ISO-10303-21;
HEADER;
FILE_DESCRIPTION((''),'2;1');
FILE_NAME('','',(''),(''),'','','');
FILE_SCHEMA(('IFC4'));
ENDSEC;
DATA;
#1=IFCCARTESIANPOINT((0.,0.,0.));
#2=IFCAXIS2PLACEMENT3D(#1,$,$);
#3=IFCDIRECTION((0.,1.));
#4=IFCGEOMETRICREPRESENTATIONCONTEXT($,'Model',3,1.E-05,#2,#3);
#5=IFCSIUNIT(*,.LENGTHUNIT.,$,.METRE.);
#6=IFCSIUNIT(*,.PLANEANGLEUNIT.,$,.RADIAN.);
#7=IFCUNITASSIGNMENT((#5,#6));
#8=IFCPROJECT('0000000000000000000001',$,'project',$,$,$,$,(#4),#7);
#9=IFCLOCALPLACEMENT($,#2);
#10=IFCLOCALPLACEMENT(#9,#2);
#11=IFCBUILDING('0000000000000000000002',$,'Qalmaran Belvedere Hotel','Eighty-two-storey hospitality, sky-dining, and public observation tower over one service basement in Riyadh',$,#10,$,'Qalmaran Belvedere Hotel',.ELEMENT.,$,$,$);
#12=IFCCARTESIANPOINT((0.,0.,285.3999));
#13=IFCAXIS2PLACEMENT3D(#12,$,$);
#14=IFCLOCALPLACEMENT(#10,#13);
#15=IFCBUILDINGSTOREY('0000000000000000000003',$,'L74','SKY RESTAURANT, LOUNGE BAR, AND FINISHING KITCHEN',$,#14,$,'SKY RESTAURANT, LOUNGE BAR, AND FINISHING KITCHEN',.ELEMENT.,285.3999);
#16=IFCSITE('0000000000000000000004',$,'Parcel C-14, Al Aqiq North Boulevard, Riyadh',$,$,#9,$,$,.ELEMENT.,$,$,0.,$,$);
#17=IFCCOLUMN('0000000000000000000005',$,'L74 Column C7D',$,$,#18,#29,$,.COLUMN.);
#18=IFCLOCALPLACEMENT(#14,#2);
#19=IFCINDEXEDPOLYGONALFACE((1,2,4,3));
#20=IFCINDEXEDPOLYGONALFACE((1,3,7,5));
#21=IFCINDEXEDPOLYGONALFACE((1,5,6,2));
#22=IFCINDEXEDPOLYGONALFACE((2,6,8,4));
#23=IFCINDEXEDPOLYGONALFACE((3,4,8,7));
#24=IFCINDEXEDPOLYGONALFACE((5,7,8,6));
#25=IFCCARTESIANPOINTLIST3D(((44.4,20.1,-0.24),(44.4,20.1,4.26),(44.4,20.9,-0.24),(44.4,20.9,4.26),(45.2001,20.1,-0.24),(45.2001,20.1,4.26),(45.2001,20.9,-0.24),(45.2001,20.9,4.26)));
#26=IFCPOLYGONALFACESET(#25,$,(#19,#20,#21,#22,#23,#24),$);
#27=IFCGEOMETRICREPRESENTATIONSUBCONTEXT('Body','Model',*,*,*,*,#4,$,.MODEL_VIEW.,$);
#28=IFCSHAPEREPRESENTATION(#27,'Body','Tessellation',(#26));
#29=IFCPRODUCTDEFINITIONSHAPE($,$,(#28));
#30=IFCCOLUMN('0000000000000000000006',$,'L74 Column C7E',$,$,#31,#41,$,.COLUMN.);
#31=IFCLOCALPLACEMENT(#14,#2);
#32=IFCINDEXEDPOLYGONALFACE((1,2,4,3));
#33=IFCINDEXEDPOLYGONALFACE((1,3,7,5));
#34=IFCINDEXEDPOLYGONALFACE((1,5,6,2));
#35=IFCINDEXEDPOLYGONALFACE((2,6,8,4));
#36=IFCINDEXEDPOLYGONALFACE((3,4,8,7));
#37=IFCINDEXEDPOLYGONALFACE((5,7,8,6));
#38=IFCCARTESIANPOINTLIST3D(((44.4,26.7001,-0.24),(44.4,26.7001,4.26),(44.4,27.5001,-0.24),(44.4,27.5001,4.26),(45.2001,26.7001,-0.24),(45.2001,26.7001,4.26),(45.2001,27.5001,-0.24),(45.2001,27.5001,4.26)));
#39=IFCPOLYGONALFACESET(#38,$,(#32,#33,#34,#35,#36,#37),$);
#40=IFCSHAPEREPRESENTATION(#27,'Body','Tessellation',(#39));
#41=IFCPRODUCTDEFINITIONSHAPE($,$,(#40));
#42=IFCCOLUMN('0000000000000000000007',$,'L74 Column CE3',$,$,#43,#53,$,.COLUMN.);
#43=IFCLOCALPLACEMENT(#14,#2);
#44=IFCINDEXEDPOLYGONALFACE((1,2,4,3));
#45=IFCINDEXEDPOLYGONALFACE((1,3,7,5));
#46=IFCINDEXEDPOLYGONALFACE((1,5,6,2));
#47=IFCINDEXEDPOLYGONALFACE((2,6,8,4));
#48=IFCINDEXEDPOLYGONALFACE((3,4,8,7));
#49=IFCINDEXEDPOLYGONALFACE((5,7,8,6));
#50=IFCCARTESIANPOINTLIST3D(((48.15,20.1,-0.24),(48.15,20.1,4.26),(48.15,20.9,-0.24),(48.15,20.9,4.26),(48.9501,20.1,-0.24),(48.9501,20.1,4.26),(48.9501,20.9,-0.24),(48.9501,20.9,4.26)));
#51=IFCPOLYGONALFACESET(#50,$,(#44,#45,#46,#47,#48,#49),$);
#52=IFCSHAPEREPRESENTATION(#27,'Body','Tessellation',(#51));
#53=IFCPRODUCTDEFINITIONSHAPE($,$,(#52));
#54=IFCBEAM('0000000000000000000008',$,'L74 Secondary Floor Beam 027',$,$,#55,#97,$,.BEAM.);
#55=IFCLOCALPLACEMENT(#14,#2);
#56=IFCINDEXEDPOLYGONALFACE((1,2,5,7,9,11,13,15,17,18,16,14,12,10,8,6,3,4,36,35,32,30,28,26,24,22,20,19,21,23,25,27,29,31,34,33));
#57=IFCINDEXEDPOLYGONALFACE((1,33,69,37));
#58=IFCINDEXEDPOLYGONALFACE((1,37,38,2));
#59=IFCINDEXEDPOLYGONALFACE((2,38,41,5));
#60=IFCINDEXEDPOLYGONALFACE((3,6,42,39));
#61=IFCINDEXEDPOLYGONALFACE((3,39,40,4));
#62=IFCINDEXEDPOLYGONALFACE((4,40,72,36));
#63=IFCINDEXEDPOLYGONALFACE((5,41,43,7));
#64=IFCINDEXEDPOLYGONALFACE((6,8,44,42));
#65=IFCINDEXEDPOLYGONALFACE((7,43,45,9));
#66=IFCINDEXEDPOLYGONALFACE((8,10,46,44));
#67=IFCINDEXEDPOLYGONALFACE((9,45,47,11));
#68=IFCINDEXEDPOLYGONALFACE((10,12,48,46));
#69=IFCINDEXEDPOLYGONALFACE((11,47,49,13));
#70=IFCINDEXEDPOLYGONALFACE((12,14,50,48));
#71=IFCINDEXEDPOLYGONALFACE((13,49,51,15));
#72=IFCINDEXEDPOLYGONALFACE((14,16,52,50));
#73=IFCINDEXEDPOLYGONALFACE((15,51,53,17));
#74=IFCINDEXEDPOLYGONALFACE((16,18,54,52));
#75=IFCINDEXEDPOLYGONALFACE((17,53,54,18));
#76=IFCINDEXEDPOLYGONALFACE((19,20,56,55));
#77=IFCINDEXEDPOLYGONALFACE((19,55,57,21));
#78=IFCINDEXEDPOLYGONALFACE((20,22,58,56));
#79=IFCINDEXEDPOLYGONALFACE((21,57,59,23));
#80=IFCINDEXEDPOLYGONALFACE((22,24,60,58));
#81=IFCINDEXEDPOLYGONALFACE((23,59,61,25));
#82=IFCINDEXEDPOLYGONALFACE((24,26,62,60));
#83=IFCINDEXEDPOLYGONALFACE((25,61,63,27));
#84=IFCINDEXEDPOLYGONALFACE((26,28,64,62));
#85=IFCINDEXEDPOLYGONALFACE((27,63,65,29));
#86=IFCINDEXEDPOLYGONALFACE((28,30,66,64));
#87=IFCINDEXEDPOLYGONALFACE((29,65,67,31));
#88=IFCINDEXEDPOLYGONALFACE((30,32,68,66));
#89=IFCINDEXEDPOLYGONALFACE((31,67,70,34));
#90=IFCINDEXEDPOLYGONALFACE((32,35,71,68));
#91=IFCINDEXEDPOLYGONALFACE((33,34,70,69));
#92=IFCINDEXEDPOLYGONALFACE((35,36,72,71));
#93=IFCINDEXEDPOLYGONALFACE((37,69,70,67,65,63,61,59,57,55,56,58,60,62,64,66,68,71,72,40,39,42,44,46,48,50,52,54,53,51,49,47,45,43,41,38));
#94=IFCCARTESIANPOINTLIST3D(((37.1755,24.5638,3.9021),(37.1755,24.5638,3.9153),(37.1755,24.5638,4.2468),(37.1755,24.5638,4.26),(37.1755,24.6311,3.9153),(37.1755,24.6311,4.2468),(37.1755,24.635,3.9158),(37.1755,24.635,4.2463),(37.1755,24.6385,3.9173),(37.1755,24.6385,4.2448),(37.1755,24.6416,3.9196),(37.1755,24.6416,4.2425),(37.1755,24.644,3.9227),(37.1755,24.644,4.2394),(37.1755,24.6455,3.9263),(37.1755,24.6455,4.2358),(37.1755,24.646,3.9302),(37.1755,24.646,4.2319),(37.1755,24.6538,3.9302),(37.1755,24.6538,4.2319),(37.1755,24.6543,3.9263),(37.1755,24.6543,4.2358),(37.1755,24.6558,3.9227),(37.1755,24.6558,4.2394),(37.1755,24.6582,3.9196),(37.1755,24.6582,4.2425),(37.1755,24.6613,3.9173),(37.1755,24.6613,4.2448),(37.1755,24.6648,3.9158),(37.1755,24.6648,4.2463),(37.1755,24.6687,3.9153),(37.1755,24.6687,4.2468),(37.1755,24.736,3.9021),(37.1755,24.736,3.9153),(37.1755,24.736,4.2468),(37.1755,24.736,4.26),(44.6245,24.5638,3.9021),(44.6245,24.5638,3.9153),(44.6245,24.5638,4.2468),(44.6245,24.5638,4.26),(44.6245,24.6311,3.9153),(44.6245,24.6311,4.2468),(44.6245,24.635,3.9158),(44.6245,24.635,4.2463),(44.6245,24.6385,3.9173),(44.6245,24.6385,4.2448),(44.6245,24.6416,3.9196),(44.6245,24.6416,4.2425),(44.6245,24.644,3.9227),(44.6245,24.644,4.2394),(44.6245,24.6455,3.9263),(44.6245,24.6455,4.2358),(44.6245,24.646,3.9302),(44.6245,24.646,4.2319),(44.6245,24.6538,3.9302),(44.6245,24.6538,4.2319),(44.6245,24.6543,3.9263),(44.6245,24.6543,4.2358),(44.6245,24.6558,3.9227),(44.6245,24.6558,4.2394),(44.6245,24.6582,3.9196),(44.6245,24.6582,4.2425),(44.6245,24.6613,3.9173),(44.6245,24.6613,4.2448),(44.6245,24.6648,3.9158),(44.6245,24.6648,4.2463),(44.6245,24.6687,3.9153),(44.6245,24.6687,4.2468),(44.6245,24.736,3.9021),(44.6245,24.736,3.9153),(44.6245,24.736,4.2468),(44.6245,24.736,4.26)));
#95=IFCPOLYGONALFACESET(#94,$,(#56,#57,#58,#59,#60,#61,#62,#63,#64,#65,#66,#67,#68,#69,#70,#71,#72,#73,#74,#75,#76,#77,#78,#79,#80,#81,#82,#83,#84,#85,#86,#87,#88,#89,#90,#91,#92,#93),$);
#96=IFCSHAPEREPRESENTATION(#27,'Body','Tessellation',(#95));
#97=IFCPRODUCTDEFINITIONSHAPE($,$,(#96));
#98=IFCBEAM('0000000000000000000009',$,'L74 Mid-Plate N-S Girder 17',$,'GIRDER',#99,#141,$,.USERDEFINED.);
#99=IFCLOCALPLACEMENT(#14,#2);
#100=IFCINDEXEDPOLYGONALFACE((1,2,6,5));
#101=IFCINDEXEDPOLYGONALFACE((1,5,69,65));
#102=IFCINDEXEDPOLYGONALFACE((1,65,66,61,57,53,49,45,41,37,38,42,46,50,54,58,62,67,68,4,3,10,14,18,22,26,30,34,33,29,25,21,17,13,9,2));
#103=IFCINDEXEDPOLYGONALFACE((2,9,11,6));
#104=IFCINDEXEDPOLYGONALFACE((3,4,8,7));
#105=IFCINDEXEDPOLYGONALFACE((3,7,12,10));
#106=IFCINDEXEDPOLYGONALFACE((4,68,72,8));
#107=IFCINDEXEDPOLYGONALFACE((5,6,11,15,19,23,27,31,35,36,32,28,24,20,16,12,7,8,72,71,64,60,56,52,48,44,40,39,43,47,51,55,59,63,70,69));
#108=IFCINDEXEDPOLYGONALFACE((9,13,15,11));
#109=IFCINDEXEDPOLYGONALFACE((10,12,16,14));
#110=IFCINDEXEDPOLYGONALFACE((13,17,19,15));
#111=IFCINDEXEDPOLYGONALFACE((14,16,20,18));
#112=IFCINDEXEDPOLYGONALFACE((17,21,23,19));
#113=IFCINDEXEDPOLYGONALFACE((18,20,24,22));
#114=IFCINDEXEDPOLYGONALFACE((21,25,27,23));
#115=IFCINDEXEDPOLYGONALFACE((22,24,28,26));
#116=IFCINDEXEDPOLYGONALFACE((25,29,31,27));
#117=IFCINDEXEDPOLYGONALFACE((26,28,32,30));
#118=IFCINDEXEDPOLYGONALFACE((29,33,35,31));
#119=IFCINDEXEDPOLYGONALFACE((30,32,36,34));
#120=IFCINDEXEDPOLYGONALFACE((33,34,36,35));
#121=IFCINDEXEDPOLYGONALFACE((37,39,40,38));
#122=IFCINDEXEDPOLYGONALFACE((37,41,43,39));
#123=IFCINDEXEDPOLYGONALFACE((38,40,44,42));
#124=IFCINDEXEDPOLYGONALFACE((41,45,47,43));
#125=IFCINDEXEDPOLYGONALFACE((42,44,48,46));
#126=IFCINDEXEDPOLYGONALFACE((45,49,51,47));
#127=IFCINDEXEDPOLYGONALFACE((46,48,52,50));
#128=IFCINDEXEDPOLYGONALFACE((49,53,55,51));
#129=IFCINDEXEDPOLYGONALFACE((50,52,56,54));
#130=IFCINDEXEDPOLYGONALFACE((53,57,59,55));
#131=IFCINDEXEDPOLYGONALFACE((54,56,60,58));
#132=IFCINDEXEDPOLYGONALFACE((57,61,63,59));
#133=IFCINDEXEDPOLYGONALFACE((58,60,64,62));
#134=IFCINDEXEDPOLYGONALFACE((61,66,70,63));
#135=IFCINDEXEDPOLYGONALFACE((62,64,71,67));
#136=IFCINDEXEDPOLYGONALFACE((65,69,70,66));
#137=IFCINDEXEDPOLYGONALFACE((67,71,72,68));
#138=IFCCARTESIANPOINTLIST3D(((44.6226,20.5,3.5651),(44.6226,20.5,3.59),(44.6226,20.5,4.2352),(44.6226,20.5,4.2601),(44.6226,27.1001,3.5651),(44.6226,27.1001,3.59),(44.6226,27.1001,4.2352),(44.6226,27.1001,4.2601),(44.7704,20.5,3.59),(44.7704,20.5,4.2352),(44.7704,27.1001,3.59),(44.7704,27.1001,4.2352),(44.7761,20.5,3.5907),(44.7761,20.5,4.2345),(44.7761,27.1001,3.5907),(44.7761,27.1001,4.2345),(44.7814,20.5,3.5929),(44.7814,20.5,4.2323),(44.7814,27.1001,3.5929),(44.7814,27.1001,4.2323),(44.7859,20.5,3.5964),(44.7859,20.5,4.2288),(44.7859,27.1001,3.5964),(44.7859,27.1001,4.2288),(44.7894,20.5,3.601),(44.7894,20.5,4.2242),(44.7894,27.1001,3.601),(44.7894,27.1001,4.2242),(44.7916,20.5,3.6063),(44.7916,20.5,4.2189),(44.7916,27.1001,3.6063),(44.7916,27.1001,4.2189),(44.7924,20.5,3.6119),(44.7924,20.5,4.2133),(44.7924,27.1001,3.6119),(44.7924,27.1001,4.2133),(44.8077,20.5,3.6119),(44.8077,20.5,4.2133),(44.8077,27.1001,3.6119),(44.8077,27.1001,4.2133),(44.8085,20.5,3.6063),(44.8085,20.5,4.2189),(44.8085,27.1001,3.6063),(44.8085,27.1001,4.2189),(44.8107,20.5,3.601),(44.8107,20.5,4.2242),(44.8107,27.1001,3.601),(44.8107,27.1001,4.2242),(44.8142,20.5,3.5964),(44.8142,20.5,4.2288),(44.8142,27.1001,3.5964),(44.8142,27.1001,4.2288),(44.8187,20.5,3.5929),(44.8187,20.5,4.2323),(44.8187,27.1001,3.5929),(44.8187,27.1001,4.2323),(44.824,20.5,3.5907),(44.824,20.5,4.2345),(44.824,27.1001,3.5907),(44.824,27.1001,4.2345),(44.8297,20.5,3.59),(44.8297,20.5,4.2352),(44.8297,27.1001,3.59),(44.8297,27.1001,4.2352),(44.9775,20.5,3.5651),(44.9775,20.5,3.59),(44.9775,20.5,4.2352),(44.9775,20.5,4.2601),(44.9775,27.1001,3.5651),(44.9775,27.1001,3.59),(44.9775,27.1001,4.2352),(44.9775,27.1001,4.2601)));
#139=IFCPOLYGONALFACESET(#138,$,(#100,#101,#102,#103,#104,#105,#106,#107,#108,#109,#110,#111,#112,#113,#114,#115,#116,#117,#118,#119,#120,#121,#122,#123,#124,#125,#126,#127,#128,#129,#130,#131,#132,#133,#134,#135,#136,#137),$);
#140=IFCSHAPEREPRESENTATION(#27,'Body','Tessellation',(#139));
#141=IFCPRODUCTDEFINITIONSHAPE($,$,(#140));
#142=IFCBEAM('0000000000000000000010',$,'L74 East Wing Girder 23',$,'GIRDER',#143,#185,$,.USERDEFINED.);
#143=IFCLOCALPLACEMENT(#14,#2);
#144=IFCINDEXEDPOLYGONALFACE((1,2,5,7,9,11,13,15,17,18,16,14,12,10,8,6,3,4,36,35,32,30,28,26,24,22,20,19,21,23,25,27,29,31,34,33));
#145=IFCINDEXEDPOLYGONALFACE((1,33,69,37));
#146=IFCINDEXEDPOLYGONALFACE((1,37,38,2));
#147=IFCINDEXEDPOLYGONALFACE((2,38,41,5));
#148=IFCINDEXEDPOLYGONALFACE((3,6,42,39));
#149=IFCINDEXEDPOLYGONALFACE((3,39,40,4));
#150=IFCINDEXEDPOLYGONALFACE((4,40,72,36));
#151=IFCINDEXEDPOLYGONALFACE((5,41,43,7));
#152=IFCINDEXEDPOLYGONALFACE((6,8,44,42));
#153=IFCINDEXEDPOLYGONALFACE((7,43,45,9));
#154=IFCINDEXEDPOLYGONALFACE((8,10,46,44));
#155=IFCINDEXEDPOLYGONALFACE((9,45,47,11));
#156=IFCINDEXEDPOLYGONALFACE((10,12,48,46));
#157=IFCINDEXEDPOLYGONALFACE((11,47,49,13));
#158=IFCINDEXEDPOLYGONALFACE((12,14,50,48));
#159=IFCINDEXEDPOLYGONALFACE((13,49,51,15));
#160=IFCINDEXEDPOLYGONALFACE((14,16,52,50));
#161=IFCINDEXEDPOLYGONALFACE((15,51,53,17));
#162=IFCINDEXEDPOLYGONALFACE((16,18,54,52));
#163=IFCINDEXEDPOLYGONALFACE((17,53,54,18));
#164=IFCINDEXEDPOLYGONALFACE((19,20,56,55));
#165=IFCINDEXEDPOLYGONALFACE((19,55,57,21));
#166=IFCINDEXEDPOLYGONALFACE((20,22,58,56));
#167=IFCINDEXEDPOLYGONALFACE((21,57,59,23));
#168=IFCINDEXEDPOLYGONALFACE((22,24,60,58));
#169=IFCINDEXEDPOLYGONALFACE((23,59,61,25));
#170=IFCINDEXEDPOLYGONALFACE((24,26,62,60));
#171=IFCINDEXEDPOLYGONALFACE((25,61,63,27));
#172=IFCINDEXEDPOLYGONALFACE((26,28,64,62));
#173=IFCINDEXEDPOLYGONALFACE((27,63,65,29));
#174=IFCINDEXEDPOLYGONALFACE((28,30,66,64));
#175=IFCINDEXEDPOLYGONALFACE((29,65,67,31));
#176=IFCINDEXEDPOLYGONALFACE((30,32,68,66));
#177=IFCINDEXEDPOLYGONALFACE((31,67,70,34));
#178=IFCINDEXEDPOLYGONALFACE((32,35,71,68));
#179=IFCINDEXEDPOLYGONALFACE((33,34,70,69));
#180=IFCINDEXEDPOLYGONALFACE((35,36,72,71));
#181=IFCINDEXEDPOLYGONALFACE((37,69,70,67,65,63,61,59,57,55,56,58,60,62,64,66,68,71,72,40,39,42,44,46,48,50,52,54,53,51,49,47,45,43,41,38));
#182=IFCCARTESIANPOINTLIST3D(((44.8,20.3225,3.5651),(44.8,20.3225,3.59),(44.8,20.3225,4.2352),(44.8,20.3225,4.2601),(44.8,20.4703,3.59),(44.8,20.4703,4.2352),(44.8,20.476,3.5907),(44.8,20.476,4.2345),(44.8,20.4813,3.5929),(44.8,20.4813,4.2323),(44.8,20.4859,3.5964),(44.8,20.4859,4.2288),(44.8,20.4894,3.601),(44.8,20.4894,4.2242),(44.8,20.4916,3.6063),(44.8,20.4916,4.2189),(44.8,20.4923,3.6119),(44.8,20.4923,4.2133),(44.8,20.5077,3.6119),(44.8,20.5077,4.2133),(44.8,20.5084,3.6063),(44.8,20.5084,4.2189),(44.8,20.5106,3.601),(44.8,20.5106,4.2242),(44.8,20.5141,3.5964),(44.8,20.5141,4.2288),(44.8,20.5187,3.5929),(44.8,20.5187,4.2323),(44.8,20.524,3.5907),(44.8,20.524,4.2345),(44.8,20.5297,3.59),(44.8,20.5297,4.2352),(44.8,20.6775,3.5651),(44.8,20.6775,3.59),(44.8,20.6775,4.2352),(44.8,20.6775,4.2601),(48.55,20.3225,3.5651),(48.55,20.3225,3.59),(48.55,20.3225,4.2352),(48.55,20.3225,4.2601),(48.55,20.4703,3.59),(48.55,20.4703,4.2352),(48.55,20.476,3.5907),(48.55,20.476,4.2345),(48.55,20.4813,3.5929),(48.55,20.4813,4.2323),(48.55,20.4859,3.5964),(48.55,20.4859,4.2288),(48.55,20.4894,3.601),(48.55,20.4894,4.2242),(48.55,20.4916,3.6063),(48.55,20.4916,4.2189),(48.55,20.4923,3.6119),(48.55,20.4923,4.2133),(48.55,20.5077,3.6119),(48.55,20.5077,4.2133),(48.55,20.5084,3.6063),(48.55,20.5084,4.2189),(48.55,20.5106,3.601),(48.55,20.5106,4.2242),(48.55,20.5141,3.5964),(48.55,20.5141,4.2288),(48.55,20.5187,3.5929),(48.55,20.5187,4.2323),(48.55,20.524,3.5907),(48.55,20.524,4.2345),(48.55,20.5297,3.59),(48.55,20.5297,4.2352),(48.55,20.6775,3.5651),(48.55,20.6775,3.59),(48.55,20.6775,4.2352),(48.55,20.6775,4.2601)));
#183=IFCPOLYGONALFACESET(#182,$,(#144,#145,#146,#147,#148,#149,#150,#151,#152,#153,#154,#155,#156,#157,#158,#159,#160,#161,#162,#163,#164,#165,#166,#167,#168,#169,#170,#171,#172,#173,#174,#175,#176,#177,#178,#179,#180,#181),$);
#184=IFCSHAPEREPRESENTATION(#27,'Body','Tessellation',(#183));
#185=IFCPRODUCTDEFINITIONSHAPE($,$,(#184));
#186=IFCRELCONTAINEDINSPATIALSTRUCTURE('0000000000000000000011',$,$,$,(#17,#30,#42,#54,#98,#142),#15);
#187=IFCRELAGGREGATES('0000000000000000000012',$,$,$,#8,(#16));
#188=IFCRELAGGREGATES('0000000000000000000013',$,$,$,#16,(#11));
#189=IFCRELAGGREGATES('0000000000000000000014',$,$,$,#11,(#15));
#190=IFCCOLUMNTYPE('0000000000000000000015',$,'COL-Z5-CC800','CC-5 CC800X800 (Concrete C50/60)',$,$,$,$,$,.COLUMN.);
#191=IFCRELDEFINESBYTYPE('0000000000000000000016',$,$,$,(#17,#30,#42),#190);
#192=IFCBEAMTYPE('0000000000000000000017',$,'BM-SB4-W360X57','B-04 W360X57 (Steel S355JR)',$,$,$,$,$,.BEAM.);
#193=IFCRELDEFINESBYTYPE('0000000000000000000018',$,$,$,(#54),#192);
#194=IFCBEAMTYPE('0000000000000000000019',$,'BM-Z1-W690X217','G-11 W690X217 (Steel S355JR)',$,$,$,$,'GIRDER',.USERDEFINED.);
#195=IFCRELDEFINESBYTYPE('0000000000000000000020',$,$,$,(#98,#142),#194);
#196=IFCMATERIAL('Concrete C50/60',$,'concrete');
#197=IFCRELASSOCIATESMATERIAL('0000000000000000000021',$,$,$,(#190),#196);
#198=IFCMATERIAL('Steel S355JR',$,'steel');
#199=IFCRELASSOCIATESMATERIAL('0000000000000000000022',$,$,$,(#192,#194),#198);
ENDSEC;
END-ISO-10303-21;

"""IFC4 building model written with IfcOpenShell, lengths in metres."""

from ifc_helpers import new_model, si_unit, direction, frame, origin, origin_2d, place, context, subcontext, project, spatial, rectangle, i_section, extrude, material, material_profile, profile_set, type_object, element, save


model = new_model("IFC4")

# Units and contexts
model_context = context("Model", 3, precision=1e-05, world=origin(), true_north=direction((0.0, 1.0)))
body_context = subcontext(model_context, "Body", "Model", "MODEL_VIEW")
ifc_project = project(units=[si_unit("LENGTHUNIT", "METRE"), si_unit("PLANEANGLEUNIT", "RADIAN")], contexts=[model_context])

# Site, building, storey
site_placement = place(None, origin())
site = spatial("IfcSite", under=ifc_project, at=site_placement, Name="Parcel C-14, Al Aqiq North Boulevard, Riyadh", CompositionType="ELEMENT", RefElevation=0.0)
building_placement = place(site_placement, origin())
building = spatial("IfcBuilding", under=site, at=building_placement, Name="Qalmaran Belvedere Hotel", Description="Eighty-two-storey hospitality, sky-dining, and public observation tower over one service basement in Riyadh", LongName="Qalmaran Belvedere Hotel", CompositionType="ELEMENT")
storey_placement = place(building_placement, frame((0.0, 0.0, 285.3999)))
storey = spatial("IfcBuildingStorey", under=building, at=storey_placement, Name="L74", Description="SKY RESTAURANT, LOUNGE BAR, AND FINISHING KITCHEN", LongName="SKY RESTAURANT, LOUNGE BAR, AND FINISHING KITCHEN", CompositionType="ELEMENT", Elevation=285.3999)

# Columns
ifc_material_1 = material(Name="Concrete C50/60", Category="concrete")
ifc_material_profile_1 = material_profile(ifc_material_1, rectangle(XDim=0.8, YDim=0.8, at=origin_2d()), Name="CC800X800")
ifc_profile_set_1 = profile_set([ifc_material_profile_1], Name="Concrete C50/60")
column_type = type_object("IfcColumnType", Name="COL-Z5-CC800", Description="CC-5 CC800X800 (Concrete C50/60)", PredefinedType="COLUMN", material=ifc_profile_set_1)
for number, where, z_axis, x_axis, name in (
    (1, (44.8, 20.5, -0.24), (0.0, 0.0, 1.0), (1.0, 0.0, 0.0), "L74 Column C7D"),
    (2, (44.8, 27.1001, -0.24), (0.0, 0.0, 1.0), (1.0, 0.0, 0.0), "L74 Column C7E"),
    (3, (48.55, 20.5, -0.24), (0.0, 0.0, 1.0), (1.0, 0.0, 0.0), "L74 Column CE3"),
):
    element("IfcColumn", number, at=place(storey_placement, frame(where, z_axis=z_axis, x_axis=x_axis)), inside=storey, type_object=column_type, Name=name, PredefinedType="COLUMN", context=body_context, shape_type="SweptSolid", body=[
        extrude(rectangle(XDim=0.8, YDim=0.8, at=origin_2d()), origin(), (0.0, 0.0, 1.0), 4.5),
    ])

# Beams
ifc_material_2 = material(Name="Steel S355JR", Category="steel")
ifc_material_profile_2 = material_profile(ifc_material_2, i_section(OverallWidth=0.1721, OverallDepth=0.3579, WebThickness=0.0078, FlangeThickness=0.0132, FilletRadius=0.0149, at=origin_2d()), Name="W360X57")
ifc_profile_set_2 = profile_set([ifc_material_profile_2], Name="Steel S355JR")
beam_type_1 = type_object("IfcBeamType", Name="BM-SB4-W360X57", Description="B-04 W360X57 (Steel S355JR)", PredefinedType="BEAM", material=ifc_profile_set_2)
beam_1_placement = place(storey_placement, frame((37.1755, 24.6499, 4.0811), z_axis=(1.0, 0.0, 0.0), x_axis=(0.0, 1.0, 0.0)))
element("IfcBeam", 4, at=beam_1_placement, inside=storey, type_object=beam_type_1, Name="L74 Secondary Floor Beam 027", PredefinedType="BEAM", context=body_context, shape_type="SweptSolid", body=[
    extrude(i_section(OverallWidth=0.1721, OverallDepth=0.3579, WebThickness=0.0078, FlangeThickness=0.0132, FilletRadius=0.0149, at=origin_2d()), origin(), (0.0, 0.0, 1.0), 7.449),
])
ifc_material_profile_3 = material_profile(ifc_material_2, i_section(OverallWidth=0.355, OverallDepth=0.6951, WebThickness=0.0154, FlangeThickness=0.0249, FilletRadius=0.022, at=origin_2d()), Name="W690X217")
ifc_profile_set_3 = profile_set([ifc_material_profile_3], Name="Steel S355JR")
beam_type_2 = type_object("IfcBeamType", Name="BM-Z1-W690X217", Description="G-11 W690X217 (Steel S355JR)", ElementType="GIRDER", PredefinedType="USERDEFINED", material=ifc_profile_set_3)
beam_2_placement = place(storey_placement, frame((44.8, 20.5, 3.9126), z_axis=(0.0, 1.0, 0.0), x_axis=(-1.0, 0.0, 0.0)))
element("IfcBeam", 5, at=beam_2_placement, inside=storey, type_object=beam_type_2, Name="L74 Mid-Plate N-S Girder 17", ObjectType="GIRDER", PredefinedType="USERDEFINED", context=body_context, shape_type="SweptSolid", body=[
    extrude(i_section(OverallWidth=0.355, OverallDepth=0.6951, WebThickness=0.0154, FlangeThickness=0.0249, FilletRadius=0.022, at=origin_2d()), origin(), (0.0, 0.0, 1.0), 6.6001),
])
beam_3_placement = place(storey_placement, frame((44.8, 20.5, 3.9126), z_axis=(1.0, 0.0, 0.0), x_axis=(0.0, 1.0, 0.0)))
element("IfcBeam", 6, at=beam_3_placement, inside=storey, type_object=beam_type_2, Name="L74 East Wing Girder 23", ObjectType="GIRDER", PredefinedType="USERDEFINED", context=body_context, shape_type="SweptSolid", body=[
    extrude(i_section(OverallWidth=0.355, OverallDepth=0.6951, WebThickness=0.0154, FlangeThickness=0.0249, FilletRadius=0.022, at=origin_2d()), origin(), (0.0, 0.0, 1.0), 3.75),
])

save(model, "model.ifc")
